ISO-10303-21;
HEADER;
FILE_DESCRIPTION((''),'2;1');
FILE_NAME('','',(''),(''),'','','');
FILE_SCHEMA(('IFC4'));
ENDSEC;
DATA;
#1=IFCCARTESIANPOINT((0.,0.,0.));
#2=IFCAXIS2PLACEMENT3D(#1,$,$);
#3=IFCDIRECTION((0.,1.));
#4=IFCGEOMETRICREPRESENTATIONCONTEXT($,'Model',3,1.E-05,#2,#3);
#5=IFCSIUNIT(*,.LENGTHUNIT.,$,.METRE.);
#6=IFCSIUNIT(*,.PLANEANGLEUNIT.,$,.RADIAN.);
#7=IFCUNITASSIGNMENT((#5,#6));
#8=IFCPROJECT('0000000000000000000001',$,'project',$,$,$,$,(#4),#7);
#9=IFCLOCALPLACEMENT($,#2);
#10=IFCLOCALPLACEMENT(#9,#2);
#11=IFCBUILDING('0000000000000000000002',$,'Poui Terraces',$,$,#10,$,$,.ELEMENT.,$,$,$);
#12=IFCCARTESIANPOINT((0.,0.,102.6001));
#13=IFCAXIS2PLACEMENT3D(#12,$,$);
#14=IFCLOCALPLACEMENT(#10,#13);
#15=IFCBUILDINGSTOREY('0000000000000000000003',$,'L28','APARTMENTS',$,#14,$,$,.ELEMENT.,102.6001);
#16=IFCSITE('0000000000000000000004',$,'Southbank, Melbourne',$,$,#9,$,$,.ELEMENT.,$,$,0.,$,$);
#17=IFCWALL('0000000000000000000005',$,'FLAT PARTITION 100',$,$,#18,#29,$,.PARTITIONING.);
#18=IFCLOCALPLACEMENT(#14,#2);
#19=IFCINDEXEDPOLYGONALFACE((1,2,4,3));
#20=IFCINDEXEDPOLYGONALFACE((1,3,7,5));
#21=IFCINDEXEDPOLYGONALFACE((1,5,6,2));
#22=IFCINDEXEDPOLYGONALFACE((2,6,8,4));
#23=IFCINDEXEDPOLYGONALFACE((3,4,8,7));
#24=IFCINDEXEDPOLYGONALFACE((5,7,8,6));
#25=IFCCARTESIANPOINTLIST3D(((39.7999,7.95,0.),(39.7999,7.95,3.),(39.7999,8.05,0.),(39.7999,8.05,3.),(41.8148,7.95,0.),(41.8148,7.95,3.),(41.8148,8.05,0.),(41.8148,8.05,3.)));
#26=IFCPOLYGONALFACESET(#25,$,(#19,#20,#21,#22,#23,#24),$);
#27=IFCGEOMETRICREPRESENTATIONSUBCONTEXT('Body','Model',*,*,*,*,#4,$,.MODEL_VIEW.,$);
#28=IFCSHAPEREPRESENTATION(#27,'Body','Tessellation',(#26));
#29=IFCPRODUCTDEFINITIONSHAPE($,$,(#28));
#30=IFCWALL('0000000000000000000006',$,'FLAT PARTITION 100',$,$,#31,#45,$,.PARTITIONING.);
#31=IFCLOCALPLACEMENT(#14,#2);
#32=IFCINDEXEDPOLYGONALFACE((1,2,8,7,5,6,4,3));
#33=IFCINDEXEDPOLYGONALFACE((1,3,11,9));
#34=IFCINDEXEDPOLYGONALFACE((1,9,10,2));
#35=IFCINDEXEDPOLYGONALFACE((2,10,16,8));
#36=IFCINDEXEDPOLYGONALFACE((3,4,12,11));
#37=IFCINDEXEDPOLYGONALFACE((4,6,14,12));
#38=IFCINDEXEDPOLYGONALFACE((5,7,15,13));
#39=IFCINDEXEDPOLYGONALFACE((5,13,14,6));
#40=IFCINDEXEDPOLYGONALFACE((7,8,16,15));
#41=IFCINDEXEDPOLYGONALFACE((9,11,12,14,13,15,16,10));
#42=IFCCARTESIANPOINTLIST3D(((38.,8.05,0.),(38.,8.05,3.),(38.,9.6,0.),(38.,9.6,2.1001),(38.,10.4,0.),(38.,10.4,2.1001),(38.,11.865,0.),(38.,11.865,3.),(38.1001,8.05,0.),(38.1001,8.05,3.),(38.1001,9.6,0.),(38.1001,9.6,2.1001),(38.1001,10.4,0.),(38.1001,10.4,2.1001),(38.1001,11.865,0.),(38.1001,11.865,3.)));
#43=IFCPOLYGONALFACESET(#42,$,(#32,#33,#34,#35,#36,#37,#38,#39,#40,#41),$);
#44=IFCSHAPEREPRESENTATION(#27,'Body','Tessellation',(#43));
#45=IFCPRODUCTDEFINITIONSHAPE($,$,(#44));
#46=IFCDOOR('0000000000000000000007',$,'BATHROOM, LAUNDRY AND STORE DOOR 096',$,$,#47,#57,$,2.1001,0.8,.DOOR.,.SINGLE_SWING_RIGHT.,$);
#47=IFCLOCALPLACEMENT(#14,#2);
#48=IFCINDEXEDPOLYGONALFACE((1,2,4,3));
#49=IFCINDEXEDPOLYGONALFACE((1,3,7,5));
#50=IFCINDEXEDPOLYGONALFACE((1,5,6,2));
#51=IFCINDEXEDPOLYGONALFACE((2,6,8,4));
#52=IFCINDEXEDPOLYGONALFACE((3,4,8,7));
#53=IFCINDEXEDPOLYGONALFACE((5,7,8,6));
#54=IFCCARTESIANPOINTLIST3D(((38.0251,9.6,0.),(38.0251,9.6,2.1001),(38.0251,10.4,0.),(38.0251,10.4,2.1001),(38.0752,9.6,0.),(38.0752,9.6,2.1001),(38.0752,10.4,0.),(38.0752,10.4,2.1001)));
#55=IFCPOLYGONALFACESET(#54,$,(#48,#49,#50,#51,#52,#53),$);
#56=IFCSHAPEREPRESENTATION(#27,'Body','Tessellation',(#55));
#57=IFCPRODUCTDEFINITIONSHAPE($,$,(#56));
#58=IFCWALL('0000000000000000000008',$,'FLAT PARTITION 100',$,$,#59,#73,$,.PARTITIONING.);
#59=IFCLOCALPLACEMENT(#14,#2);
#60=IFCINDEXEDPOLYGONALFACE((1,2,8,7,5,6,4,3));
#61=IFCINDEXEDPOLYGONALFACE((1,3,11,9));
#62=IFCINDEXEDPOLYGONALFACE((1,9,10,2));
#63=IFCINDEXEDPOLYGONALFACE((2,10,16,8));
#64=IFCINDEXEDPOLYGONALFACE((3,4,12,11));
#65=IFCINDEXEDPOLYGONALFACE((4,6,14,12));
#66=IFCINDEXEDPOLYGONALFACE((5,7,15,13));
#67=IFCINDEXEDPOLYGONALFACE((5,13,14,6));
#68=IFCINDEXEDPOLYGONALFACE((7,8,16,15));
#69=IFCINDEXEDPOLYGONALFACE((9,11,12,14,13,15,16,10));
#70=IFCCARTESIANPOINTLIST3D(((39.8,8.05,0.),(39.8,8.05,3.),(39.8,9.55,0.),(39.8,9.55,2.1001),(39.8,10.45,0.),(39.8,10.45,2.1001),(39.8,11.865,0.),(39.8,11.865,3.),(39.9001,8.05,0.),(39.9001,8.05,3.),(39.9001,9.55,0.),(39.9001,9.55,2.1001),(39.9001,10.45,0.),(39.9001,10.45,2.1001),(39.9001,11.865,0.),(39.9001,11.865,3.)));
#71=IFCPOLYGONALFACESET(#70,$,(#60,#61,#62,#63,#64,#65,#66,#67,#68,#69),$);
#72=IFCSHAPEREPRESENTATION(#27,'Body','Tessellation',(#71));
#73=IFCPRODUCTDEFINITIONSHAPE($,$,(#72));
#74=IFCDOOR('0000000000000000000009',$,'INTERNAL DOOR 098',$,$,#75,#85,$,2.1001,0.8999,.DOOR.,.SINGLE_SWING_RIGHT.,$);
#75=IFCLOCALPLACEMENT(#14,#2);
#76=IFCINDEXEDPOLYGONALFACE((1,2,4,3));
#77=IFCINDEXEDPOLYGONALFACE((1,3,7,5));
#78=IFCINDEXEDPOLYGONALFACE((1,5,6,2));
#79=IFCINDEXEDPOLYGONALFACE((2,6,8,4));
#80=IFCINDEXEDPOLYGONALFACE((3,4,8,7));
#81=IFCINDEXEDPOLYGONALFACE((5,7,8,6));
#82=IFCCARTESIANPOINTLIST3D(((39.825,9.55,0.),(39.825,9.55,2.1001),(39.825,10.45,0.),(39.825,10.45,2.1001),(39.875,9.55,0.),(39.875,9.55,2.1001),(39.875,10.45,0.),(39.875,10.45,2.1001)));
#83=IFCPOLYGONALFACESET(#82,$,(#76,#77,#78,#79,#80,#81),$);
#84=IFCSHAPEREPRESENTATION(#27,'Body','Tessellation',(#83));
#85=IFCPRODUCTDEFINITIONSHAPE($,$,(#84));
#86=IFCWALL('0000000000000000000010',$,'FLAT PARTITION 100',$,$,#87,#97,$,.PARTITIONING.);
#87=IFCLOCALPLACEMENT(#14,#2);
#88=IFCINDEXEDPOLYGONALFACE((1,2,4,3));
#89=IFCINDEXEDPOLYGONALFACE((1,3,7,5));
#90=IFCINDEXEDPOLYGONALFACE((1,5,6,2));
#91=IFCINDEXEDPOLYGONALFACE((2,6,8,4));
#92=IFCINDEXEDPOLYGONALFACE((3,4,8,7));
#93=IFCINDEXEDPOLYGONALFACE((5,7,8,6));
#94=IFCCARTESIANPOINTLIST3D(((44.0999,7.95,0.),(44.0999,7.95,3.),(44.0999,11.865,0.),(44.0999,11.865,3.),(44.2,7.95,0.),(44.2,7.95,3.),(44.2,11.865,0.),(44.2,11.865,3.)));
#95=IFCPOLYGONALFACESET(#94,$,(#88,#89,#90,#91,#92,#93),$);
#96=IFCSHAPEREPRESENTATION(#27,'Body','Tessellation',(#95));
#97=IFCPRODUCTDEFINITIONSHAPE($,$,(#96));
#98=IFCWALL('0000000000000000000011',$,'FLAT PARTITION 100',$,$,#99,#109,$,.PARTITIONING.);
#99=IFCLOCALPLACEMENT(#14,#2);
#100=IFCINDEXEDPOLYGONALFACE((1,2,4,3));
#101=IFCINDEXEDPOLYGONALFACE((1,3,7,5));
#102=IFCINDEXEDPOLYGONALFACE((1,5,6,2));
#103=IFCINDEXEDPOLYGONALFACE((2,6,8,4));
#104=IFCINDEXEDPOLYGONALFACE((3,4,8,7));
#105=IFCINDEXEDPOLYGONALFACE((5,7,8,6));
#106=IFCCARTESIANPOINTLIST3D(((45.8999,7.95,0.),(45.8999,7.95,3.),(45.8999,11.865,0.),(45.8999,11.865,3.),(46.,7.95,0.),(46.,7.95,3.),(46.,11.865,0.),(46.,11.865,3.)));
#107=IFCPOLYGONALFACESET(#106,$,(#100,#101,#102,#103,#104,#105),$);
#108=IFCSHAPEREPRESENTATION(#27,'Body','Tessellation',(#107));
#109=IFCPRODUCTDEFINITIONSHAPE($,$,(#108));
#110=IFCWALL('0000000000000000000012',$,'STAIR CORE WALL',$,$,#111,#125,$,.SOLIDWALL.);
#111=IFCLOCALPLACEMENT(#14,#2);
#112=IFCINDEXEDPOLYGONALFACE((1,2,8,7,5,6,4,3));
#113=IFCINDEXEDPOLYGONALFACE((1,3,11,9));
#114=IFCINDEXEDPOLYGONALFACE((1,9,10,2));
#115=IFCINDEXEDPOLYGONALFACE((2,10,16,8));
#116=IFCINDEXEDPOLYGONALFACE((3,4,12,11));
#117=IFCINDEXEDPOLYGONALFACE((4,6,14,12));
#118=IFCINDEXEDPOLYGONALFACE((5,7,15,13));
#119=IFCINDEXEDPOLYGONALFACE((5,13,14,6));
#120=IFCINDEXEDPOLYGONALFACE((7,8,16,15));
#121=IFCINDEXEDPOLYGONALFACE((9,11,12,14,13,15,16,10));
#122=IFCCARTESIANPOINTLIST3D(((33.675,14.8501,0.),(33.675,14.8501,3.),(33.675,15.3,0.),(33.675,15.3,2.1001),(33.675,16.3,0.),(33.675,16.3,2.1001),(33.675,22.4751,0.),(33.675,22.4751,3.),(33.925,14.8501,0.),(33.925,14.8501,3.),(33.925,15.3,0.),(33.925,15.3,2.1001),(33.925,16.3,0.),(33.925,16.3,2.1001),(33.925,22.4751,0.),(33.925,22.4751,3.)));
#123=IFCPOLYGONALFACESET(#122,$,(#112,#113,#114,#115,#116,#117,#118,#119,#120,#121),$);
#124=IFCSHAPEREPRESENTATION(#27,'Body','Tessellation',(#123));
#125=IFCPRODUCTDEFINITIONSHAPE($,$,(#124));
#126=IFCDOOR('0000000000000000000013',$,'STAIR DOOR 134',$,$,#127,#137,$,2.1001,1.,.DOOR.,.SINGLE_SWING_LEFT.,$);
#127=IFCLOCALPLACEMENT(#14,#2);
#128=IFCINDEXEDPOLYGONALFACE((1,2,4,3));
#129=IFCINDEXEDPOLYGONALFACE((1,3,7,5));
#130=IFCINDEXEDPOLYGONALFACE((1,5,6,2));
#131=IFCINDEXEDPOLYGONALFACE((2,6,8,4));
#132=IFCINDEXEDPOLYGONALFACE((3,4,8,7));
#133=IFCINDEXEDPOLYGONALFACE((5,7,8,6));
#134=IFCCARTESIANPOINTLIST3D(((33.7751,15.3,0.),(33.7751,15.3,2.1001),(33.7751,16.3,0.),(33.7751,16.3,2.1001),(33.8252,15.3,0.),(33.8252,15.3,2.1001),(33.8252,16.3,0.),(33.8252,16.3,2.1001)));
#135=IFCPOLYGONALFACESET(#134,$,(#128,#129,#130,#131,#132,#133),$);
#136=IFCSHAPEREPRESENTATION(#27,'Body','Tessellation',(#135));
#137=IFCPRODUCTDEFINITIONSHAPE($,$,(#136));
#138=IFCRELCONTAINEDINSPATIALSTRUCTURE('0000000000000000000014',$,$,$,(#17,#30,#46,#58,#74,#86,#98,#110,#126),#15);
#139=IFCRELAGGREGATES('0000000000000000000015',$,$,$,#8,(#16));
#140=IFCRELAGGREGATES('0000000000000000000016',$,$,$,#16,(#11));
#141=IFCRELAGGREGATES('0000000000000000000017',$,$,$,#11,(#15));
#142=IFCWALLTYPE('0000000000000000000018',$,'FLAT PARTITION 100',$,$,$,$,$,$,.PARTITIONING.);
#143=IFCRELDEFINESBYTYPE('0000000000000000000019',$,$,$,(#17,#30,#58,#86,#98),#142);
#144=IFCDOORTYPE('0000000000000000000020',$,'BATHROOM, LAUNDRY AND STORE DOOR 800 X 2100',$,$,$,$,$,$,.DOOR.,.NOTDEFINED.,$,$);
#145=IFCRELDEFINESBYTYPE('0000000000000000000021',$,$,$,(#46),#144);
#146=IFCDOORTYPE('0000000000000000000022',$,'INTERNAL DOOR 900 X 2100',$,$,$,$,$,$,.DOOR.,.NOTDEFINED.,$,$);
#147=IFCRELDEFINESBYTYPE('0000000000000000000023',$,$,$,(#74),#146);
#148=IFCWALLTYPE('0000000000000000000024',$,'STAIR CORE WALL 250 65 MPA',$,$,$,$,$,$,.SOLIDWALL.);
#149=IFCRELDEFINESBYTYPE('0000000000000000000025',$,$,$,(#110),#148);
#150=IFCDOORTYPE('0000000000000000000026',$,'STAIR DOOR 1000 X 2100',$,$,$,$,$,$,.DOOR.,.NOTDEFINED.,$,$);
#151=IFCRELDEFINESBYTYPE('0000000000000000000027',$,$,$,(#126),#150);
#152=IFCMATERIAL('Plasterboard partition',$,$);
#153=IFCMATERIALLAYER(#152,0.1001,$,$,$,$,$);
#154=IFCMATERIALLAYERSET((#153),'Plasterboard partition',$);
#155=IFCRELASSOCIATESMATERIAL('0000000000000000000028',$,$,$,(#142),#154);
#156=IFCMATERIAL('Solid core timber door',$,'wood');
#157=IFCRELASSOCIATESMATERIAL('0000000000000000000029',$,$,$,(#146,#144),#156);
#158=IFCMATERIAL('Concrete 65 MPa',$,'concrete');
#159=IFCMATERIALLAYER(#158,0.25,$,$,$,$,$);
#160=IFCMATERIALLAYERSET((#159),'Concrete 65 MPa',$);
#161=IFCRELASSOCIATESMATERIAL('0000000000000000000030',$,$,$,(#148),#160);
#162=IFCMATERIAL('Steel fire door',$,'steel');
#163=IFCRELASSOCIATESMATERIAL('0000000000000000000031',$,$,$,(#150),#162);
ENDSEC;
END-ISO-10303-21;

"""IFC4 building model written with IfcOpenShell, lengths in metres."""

from ifc_helpers import new_model, si_unit, direction, frame, frame_2d, origin, place, context, subcontext, project, spatial, rectangle, extrude, material, layer, layer_set, type_object, element, fill, save


model = new_model("IFC4")

# Units and contexts
model_context = context("Model", 3, precision=1e-05, world=origin(), true_north=direction((0.0, 1.0)))
body_context = subcontext(model_context, "Body", "Model", "MODEL_VIEW")
ifc_project = project(units=[si_unit("LENGTHUNIT", "METRE"), si_unit("PLANEANGLEUNIT", "RADIAN")], contexts=[model_context])

# Site, building, storey
site_placement = place(None, origin())
site = spatial("IfcSite", under=ifc_project, at=site_placement, Name="Southbank, Melbourne", CompositionType="ELEMENT", RefElevation=0.0)
building_placement = place(site_placement, origin())
building = spatial("IfcBuilding", under=site, at=building_placement, Name="Poui Terraces", CompositionType="ELEMENT")
storey_placement = place(building_placement, frame((0.0, 0.0, 102.6001)))
storey = spatial("IfcBuildingStorey", under=building, at=storey_placement, Name="L28", Description="APARTMENTS", CompositionType="ELEMENT", Elevation=102.6001)

# Shared definitions
ifc_material_1 = material(Name="Concrete 65 MPa", Category="concrete")

# Shared definitions
ifc_material_2 = material(Name="Steel fire door", Category="steel")
ifc_material_3 = material(Name="Plasterboard partition")
ifc_layer_1 = layer(ifc_material_3, 0.1001)
ifc_layer_set_1 = layer_set([ifc_layer_1], Name="Plasterboard partition")
wall_type_1 = type_object("IfcWallType", Name="FLAT PARTITION 100", PredefinedType="PARTITIONING", material=ifc_layer_set_1)
ifc_material_4 = material(Name="Solid core timber door", Category="wood")
door_type_1 = type_object("IfcDoorType", Name="INTERNAL DOOR 900 X 2100", OperationType="NOTDEFINED", PredefinedType="DOOR", material=ifc_material_4)
door_type_2 = type_object("IfcDoorType", Name="BATHROOM, LAUNDRY AND STORE DOOR 800 X 2100", OperationType="NOTDEFINED", PredefinedType="DOOR", material=ifc_material_4)

# Wall
wall_1_placement = place(storey_placement, frame((39.8, 8.0, 0.0), z_axis=(0.0, 0.0, 1.0), x_axis=(1.0, 0.0, 0.0)))
element("IfcWall", 1, at=wall_1_placement, inside=storey, type_object=wall_type_1, Name="FLAT PARTITION 100", PredefinedType="PARTITIONING", context=body_context, shape_type="SweptSolid", body=[
    extrude(rectangle(XDim=2.0149, YDim=0.1001, at=frame_2d((1.0073, 0.0))), origin(), (0.0, 0.0, 1.0), 3.0),
])

# Walls, openings, doors
wall_2_placement = place(storey_placement, frame((38.05, 8.05, 0.0), z_axis=(0.0, 0.0, 1.0), x_axis=(0.0, 1.0, 0.0)))
wall_2 = element("IfcWall", 2, at=wall_2_placement, inside=storey, type_object=wall_type_1, Name="FLAT PARTITION 100", PredefinedType="PARTITIONING", context=body_context, shape_type="SweptSolid", body=[
    extrude(rectangle(XDim=3.8149, YDim=0.1001, at=frame_2d((1.9075, 0.0))), origin(), (0.0, 0.0, 1.0), 3.0),
])
opening_1_placement = place(wall_2_placement, frame((1.55, 0.0, 0.0)))
opening_1 = element("IfcOpeningElement", 3, at=opening_1_placement, cuts=wall_2, PredefinedType="OPENING", context=body_context, shape_type="SweptSolid", body=[
    extrude(rectangle(XDim=0.8, YDim=2.1001, at=frame_2d((0.3999, 1.05))), frame((0.0, 0.0601, 0.0), z_axis=(0.0, -1.0, 0.0), x_axis=(1.0, 0.0, 0.0)), (0.0, 0.0, 1.0), 0.1201),
])
door_1_placement = place(opening_1_placement, origin())
door_1 = element("IfcDoor", 4, at=door_1_placement, inside=storey, type_object=door_type_2, Name="BATHROOM, LAUNDRY AND STORE DOOR 096", OperationType="SINGLE_SWING_RIGHT", OverallHeight=2.1001, OverallWidth=0.8, PredefinedType="DOOR", context=body_context, shape_type="SweptSolid", body=[
    extrude(rectangle(XDim=0.8, YDim=2.1001, at=frame_2d((0.3999, 1.05))), frame((0.0, 0.0249, 0.0), z_axis=(0.0, -1.0, 0.0), x_axis=(1.0, 0.0, 0.0)), (0.0, 0.0, 1.0), 0.05),
])
fill(opening_1, door_1)
wall_3_placement = place(storey_placement, frame((39.8501, 8.05, 0.0), z_axis=(0.0, 0.0, 1.0), x_axis=(0.0, 1.0, 0.0)))
wall_3 = element("IfcWall", 5, at=wall_3_placement, inside=storey, type_object=wall_type_1, Name="FLAT PARTITION 100", PredefinedType="PARTITIONING", context=body_context, shape_type="SweptSolid", body=[
    extrude(rectangle(XDim=3.8149, YDim=0.1001, at=frame_2d((1.9075, 0.0))), origin(), (0.0, 0.0, 1.0), 3.0),
])
opening_2_placement = place(wall_3_placement, frame((1.5, 0.0, 0.0)))
opening_2 = element("IfcOpeningElement", 6, at=opening_2_placement, cuts=wall_3, PredefinedType="OPENING", context=body_context, shape_type="SweptSolid", body=[
    extrude(rectangle(XDim=0.8999, YDim=2.1001, at=frame_2d((0.45, 1.05))), frame((0.0, 0.0601, 0.0), z_axis=(0.0, -1.0, 0.0), x_axis=(1.0, 0.0, 0.0)), (0.0, 0.0, 1.0), 0.1201),
])
door_2_placement = place(opening_2_placement, frame((0.8999, 0.0, 0.0), z_axis=(0.0, 0.0, 1.0), x_axis=(-1.0, 0.0, 0.0)))
door_2 = element("IfcDoor", 7, at=door_2_placement, inside=storey, type_object=door_type_1, Name="INTERNAL DOOR 098", OperationType="SINGLE_SWING_RIGHT", OverallHeight=2.1001, OverallWidth=0.8999, PredefinedType="DOOR", context=body_context, shape_type="SweptSolid", body=[
    extrude(rectangle(XDim=0.8999, YDim=2.1001, at=frame_2d((0.45, 1.05))), frame((0.0, 0.0249, 0.0), z_axis=(0.0, -1.0, 0.0), x_axis=(1.0, 0.0, 0.0)), (0.0, 0.0, 1.0), 0.05),
])
fill(opening_2, door_2)

# Walls
for number, where, z_axis, x_axis, name in (
    (8, (44.1499, 7.95, 0.0), (0.0, 0.0, 1.0), (0.0, 1.0, 0.0), "FLAT PARTITION 100"),
    (9, (45.95, 7.95, 0.0), (0.0, 0.0, 1.0), (0.0, 1.0, 0.0), "FLAT PARTITION 100"),
):
    element("IfcWall", number, at=place(storey_placement, frame(where, z_axis=z_axis, x_axis=x_axis)), inside=storey, type_object=wall_type_1, Name=name, PredefinedType="PARTITIONING", context=body_context, shape_type="SweptSolid", body=[
        extrude(rectangle(XDim=3.915, YDim=0.1001, at=frame_2d((1.9575, 0.0))), origin(), (0.0, 0.0, 1.0), 3.0),
    ])

# Wall, opening, door
ifc_layer_2 = layer(ifc_material_1, 0.25)
ifc_layer_set_2 = layer_set([ifc_layer_2], Name="Concrete 65 MPa")
wall_type_2 = type_object("IfcWallType", Name="STAIR CORE WALL 250 65 MPA", PredefinedType="SOLIDWALL", material=ifc_layer_set_2)
wall_4_placement = place(storey_placement, frame((33.8, 14.8501, 0.0), z_axis=(0.0, 0.0, 1.0), x_axis=(0.0, 1.0, 0.0)))
wall_4 = element("IfcWall", 10, at=wall_4_placement, inside=storey, type_object=wall_type_2, Name="STAIR CORE WALL", PredefinedType="SOLIDWALL", context=body_context, shape_type="SweptSolid", body=[
    extrude(rectangle(XDim=7.625, YDim=0.25, at=frame_2d((3.8125, 0.0))), origin(), (0.0, 0.0, 1.0), 3.0),
])
opening_3_placement = place(wall_4_placement, frame((0.45, 0.0, 0.0)))
opening_3 = element("IfcOpeningElement", 11, at=opening_3_placement, cuts=wall_4, PredefinedType="OPENING", context=body_context, shape_type="SweptSolid", body=[
    extrude(rectangle(XDim=1.0, YDim=2.1001, at=frame_2d((0.5, 1.05))), frame((0.0, 0.135, 0.0), z_axis=(0.0, -1.0, 0.0), x_axis=(1.0, 0.0, 0.0)), (0.0, 0.0, 1.0), 0.27),
])
door_type_3 = type_object("IfcDoorType", Name="STAIR DOOR 1000 X 2100", OperationType="NOTDEFINED", PredefinedType="DOOR", material=ifc_material_2)
door_3_placement = place(opening_3_placement, origin())
door_3 = element("IfcDoor", 12, at=door_3_placement, inside=storey, type_object=door_type_3, Name="STAIR DOOR 134", OperationType="SINGLE_SWING_LEFT", OverallHeight=2.1001, OverallWidth=1.0, PredefinedType="DOOR", context=body_context, shape_type="SweptSolid", body=[
    extrude(rectangle(XDim=1.0, YDim=2.1001, at=frame_2d((0.5, 1.05))), frame((0.0, 0.0249, 0.0), z_axis=(0.0, -1.0, 0.0), x_axis=(1.0, 0.0, 0.0)), (0.0, 0.0, 1.0), 0.05),
])
fill(opening_3, door_3)

save(model, "model.ifc")
